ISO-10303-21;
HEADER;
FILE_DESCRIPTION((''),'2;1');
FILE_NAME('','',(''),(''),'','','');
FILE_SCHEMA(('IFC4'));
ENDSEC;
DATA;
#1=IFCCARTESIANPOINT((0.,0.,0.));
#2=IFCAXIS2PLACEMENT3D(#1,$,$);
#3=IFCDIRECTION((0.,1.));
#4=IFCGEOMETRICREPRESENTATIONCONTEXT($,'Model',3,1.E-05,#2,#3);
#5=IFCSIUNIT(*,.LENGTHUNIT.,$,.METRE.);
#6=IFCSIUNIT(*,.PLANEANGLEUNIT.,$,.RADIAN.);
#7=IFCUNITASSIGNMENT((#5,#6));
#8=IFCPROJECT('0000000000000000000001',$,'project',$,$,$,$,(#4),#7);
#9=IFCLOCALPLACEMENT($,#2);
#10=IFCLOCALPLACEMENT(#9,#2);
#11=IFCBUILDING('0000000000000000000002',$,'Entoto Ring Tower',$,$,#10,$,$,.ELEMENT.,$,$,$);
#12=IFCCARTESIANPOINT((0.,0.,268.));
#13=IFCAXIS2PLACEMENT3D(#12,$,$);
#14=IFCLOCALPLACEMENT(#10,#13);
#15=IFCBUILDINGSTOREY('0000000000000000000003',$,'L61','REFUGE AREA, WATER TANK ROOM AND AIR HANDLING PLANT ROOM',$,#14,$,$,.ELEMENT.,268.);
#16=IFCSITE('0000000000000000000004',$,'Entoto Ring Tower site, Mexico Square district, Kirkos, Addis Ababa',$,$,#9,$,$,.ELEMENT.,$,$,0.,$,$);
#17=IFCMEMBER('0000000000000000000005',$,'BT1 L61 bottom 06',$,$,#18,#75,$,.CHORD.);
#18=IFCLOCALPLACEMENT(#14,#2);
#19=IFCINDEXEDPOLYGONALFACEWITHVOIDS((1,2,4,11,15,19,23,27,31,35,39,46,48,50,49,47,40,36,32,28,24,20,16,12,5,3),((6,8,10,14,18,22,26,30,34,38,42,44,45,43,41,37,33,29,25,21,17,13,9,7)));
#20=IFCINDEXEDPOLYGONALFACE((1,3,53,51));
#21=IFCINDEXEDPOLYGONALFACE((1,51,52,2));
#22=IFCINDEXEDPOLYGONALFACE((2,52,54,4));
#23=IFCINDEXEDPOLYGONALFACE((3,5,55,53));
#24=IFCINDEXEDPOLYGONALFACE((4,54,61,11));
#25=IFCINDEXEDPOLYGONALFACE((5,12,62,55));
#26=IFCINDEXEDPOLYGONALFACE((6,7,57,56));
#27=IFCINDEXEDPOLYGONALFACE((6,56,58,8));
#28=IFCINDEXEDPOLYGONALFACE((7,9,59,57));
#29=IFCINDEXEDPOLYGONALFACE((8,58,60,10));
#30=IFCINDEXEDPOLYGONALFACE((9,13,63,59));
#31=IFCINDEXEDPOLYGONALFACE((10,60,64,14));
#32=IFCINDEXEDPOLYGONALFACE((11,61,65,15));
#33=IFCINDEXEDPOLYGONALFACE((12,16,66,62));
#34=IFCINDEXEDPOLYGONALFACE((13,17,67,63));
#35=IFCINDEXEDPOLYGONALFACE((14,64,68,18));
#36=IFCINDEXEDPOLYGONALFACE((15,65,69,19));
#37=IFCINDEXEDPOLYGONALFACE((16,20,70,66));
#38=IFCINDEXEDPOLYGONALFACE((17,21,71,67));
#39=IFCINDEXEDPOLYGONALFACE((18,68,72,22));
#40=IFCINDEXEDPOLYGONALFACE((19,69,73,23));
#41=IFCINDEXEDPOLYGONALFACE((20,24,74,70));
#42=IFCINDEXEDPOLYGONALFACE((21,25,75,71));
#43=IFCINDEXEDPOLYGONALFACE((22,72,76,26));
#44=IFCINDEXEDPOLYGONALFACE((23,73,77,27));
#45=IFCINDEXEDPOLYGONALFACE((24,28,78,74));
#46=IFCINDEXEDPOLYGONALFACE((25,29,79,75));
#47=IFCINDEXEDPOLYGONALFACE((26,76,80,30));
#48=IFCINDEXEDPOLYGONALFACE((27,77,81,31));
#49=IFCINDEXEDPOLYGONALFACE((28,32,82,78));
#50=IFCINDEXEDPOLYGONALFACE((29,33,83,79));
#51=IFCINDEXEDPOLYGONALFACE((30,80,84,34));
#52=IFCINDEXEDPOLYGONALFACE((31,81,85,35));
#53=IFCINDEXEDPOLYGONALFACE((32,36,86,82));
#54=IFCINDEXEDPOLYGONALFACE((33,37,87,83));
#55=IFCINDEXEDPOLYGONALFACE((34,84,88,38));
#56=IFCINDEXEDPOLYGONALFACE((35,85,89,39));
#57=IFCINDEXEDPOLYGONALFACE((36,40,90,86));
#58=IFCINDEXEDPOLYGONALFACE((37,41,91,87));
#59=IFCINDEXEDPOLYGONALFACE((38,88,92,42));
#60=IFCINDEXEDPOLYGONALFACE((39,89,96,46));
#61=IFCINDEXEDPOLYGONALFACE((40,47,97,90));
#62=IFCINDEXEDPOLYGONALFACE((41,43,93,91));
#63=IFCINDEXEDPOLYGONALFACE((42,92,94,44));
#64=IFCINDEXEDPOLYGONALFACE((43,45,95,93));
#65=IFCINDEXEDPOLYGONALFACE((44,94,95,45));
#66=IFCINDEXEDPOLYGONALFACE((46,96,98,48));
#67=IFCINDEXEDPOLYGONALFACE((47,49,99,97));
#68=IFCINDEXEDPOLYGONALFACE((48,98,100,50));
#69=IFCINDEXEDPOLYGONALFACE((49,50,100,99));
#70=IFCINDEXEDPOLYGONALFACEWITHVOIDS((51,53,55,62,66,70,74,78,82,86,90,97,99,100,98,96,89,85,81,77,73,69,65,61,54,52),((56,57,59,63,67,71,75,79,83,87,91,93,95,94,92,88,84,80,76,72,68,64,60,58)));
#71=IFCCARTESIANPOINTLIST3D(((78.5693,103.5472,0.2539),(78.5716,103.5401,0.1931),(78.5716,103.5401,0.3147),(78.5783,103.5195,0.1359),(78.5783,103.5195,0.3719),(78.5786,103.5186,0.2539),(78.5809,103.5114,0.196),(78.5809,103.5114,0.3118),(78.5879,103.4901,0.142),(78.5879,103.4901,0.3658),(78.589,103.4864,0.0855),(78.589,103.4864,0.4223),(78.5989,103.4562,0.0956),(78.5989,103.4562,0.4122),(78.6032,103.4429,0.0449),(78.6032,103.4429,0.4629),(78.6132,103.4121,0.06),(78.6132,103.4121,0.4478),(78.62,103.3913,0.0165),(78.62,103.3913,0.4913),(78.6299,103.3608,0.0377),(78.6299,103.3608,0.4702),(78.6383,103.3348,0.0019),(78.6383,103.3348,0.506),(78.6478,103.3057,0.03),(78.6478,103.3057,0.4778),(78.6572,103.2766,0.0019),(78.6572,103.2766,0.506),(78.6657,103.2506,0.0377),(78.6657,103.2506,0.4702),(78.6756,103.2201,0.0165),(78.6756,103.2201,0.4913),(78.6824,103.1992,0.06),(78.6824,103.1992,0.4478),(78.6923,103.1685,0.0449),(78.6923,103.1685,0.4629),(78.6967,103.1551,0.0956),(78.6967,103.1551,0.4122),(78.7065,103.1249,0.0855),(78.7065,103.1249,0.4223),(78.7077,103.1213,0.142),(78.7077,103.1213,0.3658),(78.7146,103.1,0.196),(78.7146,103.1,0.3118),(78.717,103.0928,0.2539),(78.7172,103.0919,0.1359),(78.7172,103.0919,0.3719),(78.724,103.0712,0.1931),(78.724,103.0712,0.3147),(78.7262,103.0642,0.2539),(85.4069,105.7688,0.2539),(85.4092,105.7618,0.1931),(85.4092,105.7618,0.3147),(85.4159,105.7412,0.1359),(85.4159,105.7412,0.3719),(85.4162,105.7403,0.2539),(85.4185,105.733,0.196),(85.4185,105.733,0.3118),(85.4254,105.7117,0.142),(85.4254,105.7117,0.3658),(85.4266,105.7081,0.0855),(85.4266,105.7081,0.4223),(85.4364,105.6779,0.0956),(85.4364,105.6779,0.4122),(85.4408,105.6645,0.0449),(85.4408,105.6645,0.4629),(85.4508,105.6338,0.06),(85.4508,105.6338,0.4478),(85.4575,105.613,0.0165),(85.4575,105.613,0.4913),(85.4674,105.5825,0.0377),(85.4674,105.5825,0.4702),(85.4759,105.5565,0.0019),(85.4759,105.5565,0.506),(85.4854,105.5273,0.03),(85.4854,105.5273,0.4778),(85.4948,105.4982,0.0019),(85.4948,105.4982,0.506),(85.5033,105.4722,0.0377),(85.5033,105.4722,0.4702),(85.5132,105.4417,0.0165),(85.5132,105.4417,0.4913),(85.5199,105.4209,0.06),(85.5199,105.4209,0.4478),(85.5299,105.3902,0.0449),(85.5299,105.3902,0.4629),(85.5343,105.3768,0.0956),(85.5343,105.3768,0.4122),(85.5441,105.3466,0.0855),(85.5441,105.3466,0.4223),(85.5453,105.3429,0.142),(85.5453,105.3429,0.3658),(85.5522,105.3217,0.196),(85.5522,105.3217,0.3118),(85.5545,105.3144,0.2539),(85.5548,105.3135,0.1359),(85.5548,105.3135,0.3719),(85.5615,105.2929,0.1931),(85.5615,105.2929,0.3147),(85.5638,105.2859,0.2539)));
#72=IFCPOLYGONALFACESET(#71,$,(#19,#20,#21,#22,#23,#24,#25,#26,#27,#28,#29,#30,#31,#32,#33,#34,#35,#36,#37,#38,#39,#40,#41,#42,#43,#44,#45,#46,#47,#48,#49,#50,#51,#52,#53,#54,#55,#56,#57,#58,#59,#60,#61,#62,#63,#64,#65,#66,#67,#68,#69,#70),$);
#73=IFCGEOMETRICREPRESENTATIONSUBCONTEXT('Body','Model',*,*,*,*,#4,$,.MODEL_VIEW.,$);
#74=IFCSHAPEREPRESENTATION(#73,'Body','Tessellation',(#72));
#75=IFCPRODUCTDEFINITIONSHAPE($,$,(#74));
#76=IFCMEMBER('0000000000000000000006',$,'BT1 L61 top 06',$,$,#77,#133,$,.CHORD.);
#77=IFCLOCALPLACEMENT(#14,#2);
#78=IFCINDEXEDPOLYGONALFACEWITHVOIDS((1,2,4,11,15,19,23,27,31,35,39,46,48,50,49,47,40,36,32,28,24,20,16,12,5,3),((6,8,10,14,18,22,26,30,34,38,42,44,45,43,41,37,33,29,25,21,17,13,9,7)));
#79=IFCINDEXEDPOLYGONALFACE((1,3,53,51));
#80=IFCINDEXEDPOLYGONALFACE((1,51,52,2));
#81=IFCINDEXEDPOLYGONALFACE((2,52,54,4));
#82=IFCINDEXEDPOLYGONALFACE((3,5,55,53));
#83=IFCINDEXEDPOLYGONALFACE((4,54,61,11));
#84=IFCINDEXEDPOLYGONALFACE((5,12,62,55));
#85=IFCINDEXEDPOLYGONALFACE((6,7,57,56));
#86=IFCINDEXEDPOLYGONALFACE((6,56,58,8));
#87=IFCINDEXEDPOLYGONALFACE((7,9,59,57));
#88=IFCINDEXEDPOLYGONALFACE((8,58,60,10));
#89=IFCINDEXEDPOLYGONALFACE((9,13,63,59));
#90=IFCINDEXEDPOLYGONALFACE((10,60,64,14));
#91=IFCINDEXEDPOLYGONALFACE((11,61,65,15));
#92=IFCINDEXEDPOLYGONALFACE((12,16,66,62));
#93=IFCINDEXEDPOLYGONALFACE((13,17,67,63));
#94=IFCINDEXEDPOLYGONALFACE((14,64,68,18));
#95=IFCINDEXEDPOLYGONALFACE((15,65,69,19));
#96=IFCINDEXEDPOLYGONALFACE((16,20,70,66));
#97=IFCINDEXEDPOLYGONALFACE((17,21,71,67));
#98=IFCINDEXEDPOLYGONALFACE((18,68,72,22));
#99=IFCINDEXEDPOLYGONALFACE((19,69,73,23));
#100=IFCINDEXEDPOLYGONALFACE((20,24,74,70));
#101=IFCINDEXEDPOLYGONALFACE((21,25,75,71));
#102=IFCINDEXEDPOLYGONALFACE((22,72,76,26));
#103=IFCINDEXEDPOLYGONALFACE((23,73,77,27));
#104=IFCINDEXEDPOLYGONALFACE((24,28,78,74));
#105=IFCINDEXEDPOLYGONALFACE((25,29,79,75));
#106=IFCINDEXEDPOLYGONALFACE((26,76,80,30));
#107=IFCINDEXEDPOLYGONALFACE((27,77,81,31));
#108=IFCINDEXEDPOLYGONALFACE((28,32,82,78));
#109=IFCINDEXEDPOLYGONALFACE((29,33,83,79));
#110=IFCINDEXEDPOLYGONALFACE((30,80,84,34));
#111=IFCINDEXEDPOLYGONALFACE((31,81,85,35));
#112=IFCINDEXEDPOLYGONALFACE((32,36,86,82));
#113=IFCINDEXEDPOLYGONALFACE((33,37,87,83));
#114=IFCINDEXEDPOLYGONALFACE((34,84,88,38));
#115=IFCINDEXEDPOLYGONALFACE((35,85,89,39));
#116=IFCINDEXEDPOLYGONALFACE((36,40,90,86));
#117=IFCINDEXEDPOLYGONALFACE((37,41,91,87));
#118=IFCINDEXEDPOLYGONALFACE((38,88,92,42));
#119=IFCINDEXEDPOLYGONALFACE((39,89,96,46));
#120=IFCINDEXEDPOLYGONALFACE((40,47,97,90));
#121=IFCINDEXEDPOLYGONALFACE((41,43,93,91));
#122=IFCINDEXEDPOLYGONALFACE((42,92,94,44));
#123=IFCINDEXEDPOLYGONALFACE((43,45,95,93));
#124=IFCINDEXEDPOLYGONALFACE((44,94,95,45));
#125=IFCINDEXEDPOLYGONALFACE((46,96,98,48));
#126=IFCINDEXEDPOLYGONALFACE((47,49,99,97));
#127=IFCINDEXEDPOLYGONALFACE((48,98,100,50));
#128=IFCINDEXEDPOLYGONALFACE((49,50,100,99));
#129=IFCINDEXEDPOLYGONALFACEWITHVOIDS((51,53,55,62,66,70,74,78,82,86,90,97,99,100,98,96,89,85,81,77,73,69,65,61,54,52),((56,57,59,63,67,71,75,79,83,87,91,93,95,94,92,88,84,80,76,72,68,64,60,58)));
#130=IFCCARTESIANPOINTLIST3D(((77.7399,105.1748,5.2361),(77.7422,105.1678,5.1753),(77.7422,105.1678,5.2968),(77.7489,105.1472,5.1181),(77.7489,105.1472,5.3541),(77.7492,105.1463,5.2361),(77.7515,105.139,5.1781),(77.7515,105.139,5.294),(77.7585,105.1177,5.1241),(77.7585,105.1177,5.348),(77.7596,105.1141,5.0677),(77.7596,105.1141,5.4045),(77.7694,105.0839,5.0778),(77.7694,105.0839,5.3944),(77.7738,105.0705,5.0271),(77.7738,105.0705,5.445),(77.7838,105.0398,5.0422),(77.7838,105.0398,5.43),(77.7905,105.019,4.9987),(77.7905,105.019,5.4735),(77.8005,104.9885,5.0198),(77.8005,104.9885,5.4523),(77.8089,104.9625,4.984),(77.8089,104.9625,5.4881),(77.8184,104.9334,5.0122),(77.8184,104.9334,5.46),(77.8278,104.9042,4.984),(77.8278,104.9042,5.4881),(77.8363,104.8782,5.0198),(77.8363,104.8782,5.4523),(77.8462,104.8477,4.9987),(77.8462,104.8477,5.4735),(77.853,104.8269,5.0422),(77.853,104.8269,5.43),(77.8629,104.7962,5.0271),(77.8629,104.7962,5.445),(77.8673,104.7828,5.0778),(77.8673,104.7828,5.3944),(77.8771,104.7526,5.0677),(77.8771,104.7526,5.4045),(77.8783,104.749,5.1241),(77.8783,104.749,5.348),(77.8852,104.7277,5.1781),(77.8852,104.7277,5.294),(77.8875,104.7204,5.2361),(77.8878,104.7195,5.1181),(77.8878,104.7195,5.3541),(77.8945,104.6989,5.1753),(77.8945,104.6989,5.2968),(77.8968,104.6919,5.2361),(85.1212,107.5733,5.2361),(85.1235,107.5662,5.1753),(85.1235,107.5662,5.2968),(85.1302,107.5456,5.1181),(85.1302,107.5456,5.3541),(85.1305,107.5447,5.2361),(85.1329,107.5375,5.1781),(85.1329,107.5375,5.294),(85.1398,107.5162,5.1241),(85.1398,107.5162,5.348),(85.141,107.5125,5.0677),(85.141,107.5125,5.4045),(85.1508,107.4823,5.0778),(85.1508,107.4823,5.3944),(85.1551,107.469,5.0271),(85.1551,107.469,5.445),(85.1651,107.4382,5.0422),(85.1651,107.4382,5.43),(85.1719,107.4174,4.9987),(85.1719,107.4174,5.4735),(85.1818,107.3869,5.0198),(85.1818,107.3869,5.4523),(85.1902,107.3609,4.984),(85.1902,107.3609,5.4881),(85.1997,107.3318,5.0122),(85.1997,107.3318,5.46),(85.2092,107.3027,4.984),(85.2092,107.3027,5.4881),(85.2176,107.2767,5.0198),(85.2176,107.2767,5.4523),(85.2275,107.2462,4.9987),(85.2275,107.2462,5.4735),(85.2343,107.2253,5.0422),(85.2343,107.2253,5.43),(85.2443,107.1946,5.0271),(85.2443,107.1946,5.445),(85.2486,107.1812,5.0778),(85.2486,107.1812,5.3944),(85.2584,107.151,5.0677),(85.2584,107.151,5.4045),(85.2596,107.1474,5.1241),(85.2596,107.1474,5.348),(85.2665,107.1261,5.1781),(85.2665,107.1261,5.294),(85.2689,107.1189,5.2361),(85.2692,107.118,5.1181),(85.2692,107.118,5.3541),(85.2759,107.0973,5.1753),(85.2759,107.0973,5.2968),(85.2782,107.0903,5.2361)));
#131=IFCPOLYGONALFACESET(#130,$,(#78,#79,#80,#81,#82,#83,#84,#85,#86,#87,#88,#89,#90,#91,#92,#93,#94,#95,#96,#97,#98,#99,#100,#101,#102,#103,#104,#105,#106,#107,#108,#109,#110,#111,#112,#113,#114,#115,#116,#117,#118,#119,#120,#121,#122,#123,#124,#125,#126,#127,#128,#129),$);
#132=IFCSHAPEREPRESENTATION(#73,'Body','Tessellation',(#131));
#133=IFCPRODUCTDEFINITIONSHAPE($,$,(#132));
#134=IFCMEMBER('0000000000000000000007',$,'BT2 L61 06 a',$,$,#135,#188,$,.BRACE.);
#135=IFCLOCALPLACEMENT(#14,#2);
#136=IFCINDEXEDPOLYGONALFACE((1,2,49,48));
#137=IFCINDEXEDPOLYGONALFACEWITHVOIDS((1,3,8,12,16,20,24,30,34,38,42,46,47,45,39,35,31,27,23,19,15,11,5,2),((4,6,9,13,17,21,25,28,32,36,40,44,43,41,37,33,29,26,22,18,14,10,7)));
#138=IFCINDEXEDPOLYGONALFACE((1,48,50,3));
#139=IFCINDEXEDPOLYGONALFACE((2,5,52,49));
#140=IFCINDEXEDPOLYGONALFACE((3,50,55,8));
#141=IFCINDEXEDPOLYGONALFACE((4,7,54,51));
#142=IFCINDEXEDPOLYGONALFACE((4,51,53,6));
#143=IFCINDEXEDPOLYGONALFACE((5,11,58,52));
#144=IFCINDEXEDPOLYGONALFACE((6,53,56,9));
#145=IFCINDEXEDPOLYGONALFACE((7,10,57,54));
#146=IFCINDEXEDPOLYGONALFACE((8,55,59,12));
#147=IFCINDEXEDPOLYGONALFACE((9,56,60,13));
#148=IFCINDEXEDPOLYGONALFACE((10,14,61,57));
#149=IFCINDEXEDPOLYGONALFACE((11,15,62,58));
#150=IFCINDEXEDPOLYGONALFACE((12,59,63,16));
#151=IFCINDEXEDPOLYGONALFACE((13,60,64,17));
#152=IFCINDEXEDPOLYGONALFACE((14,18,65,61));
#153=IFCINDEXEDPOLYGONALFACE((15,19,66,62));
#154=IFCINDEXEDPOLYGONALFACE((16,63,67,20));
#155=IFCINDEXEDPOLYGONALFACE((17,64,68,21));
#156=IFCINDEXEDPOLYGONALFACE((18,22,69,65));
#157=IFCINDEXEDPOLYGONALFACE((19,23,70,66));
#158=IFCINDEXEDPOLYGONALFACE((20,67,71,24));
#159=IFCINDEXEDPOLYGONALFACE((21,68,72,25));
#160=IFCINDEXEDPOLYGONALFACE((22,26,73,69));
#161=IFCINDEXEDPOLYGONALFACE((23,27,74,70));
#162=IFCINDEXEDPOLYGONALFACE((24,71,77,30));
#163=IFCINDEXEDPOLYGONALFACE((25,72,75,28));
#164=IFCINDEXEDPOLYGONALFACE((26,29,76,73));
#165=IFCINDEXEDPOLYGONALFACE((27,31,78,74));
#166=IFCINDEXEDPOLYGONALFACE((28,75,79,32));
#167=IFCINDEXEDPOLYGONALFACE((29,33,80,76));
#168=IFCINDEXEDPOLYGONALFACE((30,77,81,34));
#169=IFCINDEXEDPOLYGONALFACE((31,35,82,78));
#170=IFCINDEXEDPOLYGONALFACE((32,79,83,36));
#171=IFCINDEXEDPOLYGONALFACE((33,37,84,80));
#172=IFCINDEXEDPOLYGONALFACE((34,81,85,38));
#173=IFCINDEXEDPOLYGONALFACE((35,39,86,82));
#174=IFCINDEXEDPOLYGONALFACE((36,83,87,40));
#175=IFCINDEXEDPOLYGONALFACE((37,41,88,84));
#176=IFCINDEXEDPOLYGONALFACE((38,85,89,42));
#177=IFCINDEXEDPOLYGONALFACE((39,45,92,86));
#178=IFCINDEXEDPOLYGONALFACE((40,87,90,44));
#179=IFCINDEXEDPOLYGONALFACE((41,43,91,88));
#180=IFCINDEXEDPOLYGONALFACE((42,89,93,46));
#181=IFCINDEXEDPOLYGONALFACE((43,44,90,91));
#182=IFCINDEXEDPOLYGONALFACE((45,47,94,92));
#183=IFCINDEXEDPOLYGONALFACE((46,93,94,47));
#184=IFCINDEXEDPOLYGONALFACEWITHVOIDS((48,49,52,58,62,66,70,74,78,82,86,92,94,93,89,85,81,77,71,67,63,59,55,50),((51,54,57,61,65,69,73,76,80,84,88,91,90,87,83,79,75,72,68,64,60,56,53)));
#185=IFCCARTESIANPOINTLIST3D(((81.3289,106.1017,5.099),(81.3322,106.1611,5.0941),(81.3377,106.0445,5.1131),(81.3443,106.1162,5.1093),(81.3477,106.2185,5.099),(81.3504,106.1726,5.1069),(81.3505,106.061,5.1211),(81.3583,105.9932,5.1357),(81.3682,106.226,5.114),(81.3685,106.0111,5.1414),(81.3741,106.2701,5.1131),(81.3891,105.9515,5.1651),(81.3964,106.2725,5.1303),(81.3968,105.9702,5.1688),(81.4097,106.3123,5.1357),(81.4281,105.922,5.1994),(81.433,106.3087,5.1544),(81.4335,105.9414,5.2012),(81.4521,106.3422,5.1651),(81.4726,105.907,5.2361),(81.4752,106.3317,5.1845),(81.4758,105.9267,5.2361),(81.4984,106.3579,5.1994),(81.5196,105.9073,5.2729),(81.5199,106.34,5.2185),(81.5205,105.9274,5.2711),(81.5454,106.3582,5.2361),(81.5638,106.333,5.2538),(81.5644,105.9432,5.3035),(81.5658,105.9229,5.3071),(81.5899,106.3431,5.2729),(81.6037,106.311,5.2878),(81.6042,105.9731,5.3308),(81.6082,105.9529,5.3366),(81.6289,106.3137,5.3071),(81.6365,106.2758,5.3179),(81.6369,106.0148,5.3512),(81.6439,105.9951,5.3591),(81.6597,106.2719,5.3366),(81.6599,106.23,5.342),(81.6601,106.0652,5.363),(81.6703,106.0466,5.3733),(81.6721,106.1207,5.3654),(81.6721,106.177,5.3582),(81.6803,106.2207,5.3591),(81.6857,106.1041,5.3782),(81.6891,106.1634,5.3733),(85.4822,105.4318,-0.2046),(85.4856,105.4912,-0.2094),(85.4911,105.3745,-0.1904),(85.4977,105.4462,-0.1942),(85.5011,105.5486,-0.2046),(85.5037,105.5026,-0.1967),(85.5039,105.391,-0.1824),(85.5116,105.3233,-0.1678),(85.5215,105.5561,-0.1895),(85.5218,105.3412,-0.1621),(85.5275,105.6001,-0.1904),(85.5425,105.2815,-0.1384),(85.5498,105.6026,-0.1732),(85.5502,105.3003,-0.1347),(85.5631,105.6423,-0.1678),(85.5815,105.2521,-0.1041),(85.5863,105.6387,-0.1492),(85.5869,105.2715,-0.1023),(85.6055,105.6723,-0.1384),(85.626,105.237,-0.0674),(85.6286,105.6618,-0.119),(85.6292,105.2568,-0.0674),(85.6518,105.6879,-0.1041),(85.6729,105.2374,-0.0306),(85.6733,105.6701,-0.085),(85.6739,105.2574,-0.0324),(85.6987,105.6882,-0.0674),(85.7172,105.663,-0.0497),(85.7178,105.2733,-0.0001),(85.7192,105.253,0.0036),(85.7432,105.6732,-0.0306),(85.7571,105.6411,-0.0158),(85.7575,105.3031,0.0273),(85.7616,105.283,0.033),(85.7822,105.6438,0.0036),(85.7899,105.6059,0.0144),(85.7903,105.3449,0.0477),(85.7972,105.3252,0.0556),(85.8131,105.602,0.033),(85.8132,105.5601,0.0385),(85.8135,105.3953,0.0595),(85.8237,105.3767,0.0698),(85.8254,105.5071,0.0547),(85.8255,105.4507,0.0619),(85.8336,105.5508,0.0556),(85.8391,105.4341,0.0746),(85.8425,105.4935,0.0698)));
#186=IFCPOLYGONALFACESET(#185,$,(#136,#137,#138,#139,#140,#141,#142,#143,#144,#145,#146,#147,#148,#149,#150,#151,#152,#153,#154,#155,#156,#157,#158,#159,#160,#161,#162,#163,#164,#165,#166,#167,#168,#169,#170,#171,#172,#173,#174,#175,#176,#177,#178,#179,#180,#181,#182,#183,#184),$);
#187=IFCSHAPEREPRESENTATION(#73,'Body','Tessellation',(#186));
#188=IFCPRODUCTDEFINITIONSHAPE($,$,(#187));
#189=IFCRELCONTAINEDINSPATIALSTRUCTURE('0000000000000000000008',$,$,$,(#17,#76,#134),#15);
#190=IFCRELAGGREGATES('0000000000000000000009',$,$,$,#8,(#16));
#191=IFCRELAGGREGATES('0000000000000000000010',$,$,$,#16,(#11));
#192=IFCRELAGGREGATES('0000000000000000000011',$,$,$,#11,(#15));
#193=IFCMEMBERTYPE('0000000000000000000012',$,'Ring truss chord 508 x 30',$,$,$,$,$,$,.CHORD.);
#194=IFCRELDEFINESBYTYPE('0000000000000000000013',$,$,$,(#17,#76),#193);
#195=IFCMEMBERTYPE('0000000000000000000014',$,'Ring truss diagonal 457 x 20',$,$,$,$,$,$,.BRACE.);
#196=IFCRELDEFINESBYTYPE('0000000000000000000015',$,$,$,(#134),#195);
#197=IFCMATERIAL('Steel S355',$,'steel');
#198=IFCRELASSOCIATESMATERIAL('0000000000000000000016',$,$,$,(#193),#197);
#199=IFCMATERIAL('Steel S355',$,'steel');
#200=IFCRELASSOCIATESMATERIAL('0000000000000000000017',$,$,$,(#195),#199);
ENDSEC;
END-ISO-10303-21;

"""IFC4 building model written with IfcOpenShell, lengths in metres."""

from ifc_helpers import new_model, si_unit, direction, frame, origin, origin_2d, place, context, subcontext, project, spatial, circle, hollow_circle, extrude, material, material_profile, profile_set, type_object, element, save


model = new_model("IFC4")

# Units and contexts
model_context = context("Model", 3, precision=1e-05, world=origin(), true_north=direction((0.0, 1.0)))
body_context = subcontext(model_context, "Body", "Model", "MODEL_VIEW")
ifc_project = project(units=[si_unit("LENGTHUNIT", "METRE"), si_unit("PLANEANGLEUNIT", "RADIAN")], contexts=[model_context])

# Site, building, storey
site_placement = place(None, origin())
site = spatial("IfcSite", under=ifc_project, at=site_placement, Name="Entoto Ring Tower site, Mexico Square district, Kirkos, Addis Ababa", CompositionType="ELEMENT", RefElevation=0.0)
building_placement = place(site_placement, origin())
building = spatial("IfcBuilding", under=site, at=building_placement, Name="Entoto Ring Tower", CompositionType="ELEMENT")
storey_placement = place(building_placement, frame((0.0, 0.0, 268.0)))
storey = spatial("IfcBuildingStorey", under=building, at=storey_placement, Name="L61", Description="REFUGE AREA, WATER TANK ROOM AND AIR HANDLING PLANT ROOM", CompositionType="ELEMENT", Elevation=268.0)

# Members
ifc_material_1 = material(Name="Steel S355", Category="steel")
ifc_material_profile_1 = material_profile(ifc_material_1, hollow_circle(Radius=0.2539, WallThickness=0.03, at=origin_2d()), Name="CHS 508 x 30")
ifc_material_2 = material(Name="Concrete C60/75", Category="concrete")
ifc_material_profile_2 = material_profile(ifc_material_2, circle(Radius=0.2241, at=origin_2d()), Name="Concrete C60/75 infill")
ifc_profile_set_1 = profile_set([ifc_material_profile_1, ifc_material_profile_2], Name="Steel S355")
member_type_1 = type_object("IfcMemberType", Name="Ring truss chord 508 x 30", PredefinedType="CHORD", material=ifc_profile_set_1)
member_1_placement = place(storey_placement, frame((85.4854, 105.5273, 0.2539), z_axis=(-0.951057, -0.309016, 0.0), x_axis=(0.309016, -0.951057, 0.0)))
element("IfcMember", 1, at=member_1_placement, inside=storey, type_object=member_type_1, Name="BT1 L61 bottom 06", PredefinedType="CHORD", context=body_context, shape_type="SweptSolid", body=[
    extrude(hollow_circle(Radius=0.2539, WallThickness=0.03, at=origin_2d()), origin(), (0.0, 0.0, 1.0), 7.1895),
])
member_2_placement = place(storey_placement, frame((85.1997, 107.3318, 5.2361), z_axis=(-0.951053, -0.309028, 0.0), x_axis=(0.309028, -0.951053, 0.0)))
element("IfcMember", 2, at=member_2_placement, inside=storey, type_object=member_type_1, Name="BT1 L61 top 06", PredefinedType="CHORD", context=body_context, shape_type="SweptSolid", body=[
    extrude(hollow_circle(Radius=0.2539, WallThickness=0.03, at=origin_2d()), origin(), (0.0, 0.0, 1.0), 7.7612),
])
ifc_material_3 = material(Name="Steel S355", Category="steel")
ifc_material_profile_3 = material_profile(ifc_material_3, hollow_circle(Radius=0.2285, WallThickness=0.02, at=origin_2d()), Name="CHS 457 x 20")
ifc_material_4 = material(Name="Concrete C60/75", Category="concrete")
ifc_material_profile_4 = material_profile(ifc_material_4, circle(Radius=0.2085, at=origin_2d()), Name="Concrete C60/75 infill")
ifc_profile_set_2 = profile_set([ifc_material_profile_3, ifc_material_profile_4], Name="Steel S355")
member_type_2 = type_object("IfcMemberType", Name="Ring truss diagonal 457 x 20", PredefinedType="BRACE", material=ifc_profile_set_2)
for number, where, z_axis, x_axis, name in (
    (3, (85.6624, 105.4626, -0.0674), (-0.613538, 0.098962, 0.78344), (-0.15924, -0.98724, 0.0), "BT2 L61 06 a"),
):
    element("IfcMember", number, at=place(storey_placement, frame(where, z_axis=z_axis, x_axis=x_axis)), inside=storey, type_object=member_type_2, Name=name, PredefinedType="BRACE", context=body_context, shape_type="SweptSolid", body=[
        extrude(hollow_circle(Radius=0.2285, WallThickness=0.02, at=origin_2d()), origin(), (0.0, 0.0, 1.0), 6.7695),
    ])

save(model, "model.ifc")
